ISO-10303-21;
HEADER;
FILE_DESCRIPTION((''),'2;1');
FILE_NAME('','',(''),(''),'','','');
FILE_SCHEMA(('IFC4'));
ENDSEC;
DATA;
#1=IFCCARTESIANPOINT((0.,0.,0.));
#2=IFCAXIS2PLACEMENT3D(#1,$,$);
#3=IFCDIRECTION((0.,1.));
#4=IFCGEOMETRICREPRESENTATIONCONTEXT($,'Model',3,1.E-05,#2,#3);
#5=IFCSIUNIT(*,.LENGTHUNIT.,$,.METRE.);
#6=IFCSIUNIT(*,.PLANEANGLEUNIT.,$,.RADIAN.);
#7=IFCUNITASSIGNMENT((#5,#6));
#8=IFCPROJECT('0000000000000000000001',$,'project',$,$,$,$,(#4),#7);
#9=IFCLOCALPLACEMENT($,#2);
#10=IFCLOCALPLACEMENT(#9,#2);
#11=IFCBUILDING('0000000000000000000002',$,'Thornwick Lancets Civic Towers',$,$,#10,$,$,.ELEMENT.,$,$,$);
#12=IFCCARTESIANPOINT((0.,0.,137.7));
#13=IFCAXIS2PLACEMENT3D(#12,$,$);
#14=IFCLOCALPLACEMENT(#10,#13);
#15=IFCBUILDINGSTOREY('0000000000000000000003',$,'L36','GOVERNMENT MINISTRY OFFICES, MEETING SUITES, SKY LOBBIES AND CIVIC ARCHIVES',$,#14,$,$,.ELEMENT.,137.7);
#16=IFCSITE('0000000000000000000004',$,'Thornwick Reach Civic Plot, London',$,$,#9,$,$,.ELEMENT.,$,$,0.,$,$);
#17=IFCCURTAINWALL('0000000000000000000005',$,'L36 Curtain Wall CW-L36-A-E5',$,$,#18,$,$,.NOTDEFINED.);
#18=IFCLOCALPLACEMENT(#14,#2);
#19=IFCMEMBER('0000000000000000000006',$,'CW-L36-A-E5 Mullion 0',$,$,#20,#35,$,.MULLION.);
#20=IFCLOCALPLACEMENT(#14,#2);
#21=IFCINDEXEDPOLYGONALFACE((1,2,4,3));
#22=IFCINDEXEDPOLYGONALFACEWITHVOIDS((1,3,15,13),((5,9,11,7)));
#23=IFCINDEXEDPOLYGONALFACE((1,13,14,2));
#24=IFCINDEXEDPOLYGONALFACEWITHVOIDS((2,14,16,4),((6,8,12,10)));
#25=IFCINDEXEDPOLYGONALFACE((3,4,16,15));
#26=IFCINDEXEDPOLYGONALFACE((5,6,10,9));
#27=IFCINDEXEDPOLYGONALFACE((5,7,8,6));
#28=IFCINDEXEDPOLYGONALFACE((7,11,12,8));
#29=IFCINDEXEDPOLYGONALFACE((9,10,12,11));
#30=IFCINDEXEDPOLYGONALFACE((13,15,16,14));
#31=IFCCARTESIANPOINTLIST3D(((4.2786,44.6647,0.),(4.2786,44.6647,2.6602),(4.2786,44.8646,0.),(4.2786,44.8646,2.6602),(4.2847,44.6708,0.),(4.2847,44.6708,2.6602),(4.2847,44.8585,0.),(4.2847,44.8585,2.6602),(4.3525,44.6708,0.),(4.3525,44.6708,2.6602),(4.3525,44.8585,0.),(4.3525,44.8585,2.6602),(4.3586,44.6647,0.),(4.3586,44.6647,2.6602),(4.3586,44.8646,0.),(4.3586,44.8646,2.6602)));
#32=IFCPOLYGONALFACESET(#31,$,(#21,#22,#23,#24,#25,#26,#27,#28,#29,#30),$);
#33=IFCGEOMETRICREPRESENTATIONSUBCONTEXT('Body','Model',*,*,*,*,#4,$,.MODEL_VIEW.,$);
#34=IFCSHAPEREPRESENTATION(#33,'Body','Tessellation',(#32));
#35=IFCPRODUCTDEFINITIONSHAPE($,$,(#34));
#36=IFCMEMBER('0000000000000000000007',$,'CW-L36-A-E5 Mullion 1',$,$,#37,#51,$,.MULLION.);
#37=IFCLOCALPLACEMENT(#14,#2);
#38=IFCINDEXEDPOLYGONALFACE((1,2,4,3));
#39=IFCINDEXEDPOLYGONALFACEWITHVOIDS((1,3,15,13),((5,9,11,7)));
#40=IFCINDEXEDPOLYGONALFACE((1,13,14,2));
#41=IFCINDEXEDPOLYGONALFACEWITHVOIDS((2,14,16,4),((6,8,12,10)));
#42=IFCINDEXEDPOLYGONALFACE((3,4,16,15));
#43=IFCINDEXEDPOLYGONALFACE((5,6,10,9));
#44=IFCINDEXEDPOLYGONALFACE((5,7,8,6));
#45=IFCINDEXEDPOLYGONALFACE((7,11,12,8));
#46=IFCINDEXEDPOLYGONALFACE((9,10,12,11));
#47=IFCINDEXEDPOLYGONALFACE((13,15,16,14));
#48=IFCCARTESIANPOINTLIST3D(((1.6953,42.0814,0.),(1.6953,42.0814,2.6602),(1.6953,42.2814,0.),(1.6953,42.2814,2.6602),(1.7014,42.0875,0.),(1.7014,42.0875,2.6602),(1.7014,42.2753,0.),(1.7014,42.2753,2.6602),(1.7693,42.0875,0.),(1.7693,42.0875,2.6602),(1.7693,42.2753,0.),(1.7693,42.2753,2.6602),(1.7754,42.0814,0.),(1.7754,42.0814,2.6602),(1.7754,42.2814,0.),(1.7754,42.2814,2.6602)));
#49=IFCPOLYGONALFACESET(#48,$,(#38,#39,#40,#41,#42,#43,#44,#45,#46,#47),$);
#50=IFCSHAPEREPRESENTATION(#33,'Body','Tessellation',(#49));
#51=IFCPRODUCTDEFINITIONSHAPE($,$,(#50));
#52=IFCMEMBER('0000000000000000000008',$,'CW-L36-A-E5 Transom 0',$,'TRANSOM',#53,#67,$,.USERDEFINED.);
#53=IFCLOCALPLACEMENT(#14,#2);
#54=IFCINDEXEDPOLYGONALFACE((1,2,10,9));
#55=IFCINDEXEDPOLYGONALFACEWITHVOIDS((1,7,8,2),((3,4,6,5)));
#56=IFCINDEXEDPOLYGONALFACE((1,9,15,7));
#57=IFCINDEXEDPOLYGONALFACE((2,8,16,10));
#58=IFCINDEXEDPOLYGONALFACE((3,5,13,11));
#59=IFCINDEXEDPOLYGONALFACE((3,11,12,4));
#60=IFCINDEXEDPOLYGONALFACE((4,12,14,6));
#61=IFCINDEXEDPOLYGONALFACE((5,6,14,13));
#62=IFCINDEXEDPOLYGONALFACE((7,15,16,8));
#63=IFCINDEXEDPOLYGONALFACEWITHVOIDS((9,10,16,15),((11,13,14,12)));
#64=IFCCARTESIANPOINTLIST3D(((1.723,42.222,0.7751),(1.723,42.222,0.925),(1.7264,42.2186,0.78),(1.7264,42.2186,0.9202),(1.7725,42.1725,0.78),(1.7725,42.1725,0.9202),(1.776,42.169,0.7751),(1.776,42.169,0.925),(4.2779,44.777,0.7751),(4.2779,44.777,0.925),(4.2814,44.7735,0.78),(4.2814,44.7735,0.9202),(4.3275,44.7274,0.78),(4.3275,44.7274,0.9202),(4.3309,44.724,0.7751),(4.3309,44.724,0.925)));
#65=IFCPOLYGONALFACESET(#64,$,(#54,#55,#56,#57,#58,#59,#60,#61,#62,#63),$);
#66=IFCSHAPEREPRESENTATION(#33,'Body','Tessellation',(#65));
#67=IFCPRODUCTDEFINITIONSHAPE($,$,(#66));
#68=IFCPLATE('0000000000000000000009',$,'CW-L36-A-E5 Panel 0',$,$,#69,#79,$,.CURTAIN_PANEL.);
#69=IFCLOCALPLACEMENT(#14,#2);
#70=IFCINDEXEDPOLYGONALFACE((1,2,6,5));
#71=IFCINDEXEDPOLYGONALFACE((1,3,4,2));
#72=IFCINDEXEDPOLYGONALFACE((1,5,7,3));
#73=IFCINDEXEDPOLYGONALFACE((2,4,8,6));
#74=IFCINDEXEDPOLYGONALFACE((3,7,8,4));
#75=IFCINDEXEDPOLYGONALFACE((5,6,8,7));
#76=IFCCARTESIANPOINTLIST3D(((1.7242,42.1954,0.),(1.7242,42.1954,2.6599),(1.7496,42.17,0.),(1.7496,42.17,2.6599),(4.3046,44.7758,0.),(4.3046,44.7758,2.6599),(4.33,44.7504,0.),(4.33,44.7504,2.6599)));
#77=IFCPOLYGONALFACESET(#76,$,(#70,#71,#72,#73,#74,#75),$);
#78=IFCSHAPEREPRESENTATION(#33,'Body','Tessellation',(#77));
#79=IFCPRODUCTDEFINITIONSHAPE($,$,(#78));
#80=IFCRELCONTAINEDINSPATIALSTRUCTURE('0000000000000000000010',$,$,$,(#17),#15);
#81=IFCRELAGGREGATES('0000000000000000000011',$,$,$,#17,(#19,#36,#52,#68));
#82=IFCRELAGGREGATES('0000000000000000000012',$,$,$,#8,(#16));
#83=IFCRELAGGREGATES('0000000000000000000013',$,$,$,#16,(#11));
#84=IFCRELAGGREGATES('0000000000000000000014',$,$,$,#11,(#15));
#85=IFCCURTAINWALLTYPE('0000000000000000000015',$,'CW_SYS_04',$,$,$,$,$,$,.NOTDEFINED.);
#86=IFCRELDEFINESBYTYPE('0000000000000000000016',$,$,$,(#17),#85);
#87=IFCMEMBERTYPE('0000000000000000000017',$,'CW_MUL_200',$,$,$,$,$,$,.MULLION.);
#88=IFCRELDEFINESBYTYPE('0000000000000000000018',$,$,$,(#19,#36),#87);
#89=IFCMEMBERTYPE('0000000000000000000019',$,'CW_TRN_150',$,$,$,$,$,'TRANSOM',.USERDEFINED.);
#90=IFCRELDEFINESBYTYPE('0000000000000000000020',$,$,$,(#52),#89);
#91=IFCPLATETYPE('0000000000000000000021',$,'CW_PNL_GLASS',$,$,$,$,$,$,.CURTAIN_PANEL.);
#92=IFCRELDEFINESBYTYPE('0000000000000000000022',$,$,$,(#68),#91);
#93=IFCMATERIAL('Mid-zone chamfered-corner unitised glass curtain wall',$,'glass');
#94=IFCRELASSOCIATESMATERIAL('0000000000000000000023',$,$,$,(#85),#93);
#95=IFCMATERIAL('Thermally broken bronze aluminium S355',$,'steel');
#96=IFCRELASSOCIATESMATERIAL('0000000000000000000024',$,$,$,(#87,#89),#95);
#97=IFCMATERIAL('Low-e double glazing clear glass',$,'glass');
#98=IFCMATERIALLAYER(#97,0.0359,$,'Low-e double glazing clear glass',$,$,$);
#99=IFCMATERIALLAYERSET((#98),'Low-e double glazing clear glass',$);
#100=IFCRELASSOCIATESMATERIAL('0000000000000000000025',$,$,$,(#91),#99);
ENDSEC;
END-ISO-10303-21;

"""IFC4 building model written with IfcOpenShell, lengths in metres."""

from ifc_helpers import new_model, si_unit, direction, frame, origin, origin_2d, place, context, subcontext, project, spatial, rectangle, hollow_rectangle, extrude, material, layer, layer_set, material_profile, profile_set, type_object, element, aggregate, save


model = new_model("IFC4")

# Units and contexts
model_context = context("Model", 3, precision=1e-05, world=origin(), true_north=direction((0.0, 1.0)))
body_context = subcontext(model_context, "Body", "Model", "MODEL_VIEW")
ifc_project = project(units=[si_unit("LENGTHUNIT", "METRE"), si_unit("PLANEANGLEUNIT", "RADIAN")], contexts=[model_context])

# Site, building, storey
site_placement = place(None, origin())
site = spatial("IfcSite", under=ifc_project, at=site_placement, Name="Thornwick Reach Civic Plot, London", CompositionType="ELEMENT", RefElevation=0.0)
building_placement = place(site_placement, origin())
building = spatial("IfcBuilding", under=site, at=building_placement, Name="Thornwick Lancets Civic Towers", CompositionType="ELEMENT")
storey_placement = place(building_placement, frame((0.0, 0.0, 137.7)))
storey = spatial("IfcBuildingStorey", under=building, at=storey_placement, Name="L36", Description="GOVERNMENT MINISTRY OFFICES, MEETING SUITES, SKY LOBBIES AND CIVIC ARCHIVES", CompositionType="ELEMENT", Elevation=137.7)

# Curtain wall, members, plate
ifc_material_1 = material(Name="Mid-zone chamfered-corner unitised glass curtain wall", Category="glass")
curtain_wall_type = type_object("IfcCurtainWallType", Name="CW_SYS_04", PredefinedType="NOTDEFINED", material=ifc_material_1)
curtain_wall_placement = place(storey_placement, origin())
curtain_wall = element("IfcCurtainWall", 1, at=curtain_wall_placement, inside=storey, type_object=curtain_wall_type, Name="L36 Curtain Wall CW-L36-A-E5", PredefinedType="NOTDEFINED")
ifc_material_2 = material(Name="Thermally broken bronze aluminium S355", Category="steel")
ifc_material_profile_1 = material_profile(ifc_material_2, hollow_rectangle(XDim=0.0801, YDim=0.2, WallThickness=0.0061, at=origin_2d()), Name="RHS 200x80x6")
ifc_profile_set_1 = profile_set([ifc_material_profile_1], Name="Thermally broken bronze aluminium S355")
member_type_1 = type_object("IfcMemberType", Name="CW_MUL_200", PredefinedType="MULLION", material=ifc_profile_set_1)
member_1_placement = place(storey_placement, frame((4.3186, 44.7646, 0.0), z_axis=(0.0, 0.0, 1.0), x_axis=(1.0, 0.0, 0.0)))
member_1 = element("IfcMember", 2, at=member_1_placement, type_object=member_type_1, Name="CW-L36-A-E5 Mullion 0", PredefinedType="MULLION", context=body_context, shape_type="SweptSolid", body=[
    extrude(hollow_rectangle(XDim=0.0801, YDim=0.2, WallThickness=0.0061, at=origin_2d()), origin(), (0.0, 0.0, 1.0), 2.6602),
])
member_2_placement = place(storey_placement, frame((1.7354, 42.1814, 0.0), z_axis=(0.0, 0.0, 1.0), x_axis=(1.0, 0.0, 0.0)))
member_2 = element("IfcMember", 3, at=member_2_placement, type_object=member_type_1, Name="CW-L36-A-E5 Mullion 1", PredefinedType="MULLION", context=body_context, shape_type="SweptSolid", body=[
    extrude(hollow_rectangle(XDim=0.0801, YDim=0.2, WallThickness=0.0061, at=origin_2d()), origin(), (0.0, 0.0, 1.0), 2.6602),
])
ifc_material_profile_2 = material_profile(ifc_material_2, hollow_rectangle(XDim=0.075, YDim=0.1499, WallThickness=0.0049, at=origin_2d()), Name="RHS 150x75x5")
ifc_profile_set_2 = profile_set([ifc_material_profile_2], Name="Thermally broken bronze aluminium S355")
member_type_2 = type_object("IfcMemberType", Name="CW_TRN_150", ElementType="TRANSOM", PredefinedType="USERDEFINED", material=ifc_profile_set_2)
member_3_placement = place(storey_placement, frame((4.3044, 44.7505, 0.8501), z_axis=(-0.707107, -0.707107, 0.0), x_axis=(0.707107, -0.707107, 0.0)))
member_3 = element("IfcMember", 4, at=member_3_placement, type_object=member_type_2, Name="CW-L36-A-E5 Transom 0", ObjectType="TRANSOM", PredefinedType="USERDEFINED", context=body_context, shape_type="SweptSolid", body=[
    extrude(hollow_rectangle(XDim=0.075, YDim=0.1499, WallThickness=0.0049, at=origin_2d()), origin(), (0.0, 0.0, 1.0), 3.6133),
])
ifc_material_3 = material(Name="Low-e double glazing clear glass", Category="glass")
ifc_layer_1 = layer(ifc_material_3, 0.0359, Name="Low-e double glazing clear glass")
ifc_layer_set_1 = layer_set([ifc_layer_1], Name="Low-e double glazing clear glass")
plate_type = type_object("IfcPlateType", Name="CW_PNL_GLASS", PredefinedType="CURTAIN_PANEL", material=ifc_layer_set_1)
plate_placement = place(storey_placement, frame((3.0271, 43.4729, 0.0), z_axis=(0.0, 0.0, 1.0), x_axis=(-0.707107, -0.707107, 0.0)))
plate = element("IfcPlate", 5, at=plate_placement, type_object=plate_type, Name="CW-L36-A-E5 Panel 0", PredefinedType="CURTAIN_PANEL", context=body_context, shape_type="SweptSolid", body=[
    extrude(rectangle(XDim=3.6492, YDim=0.0359, at=origin_2d()), origin(), (0.0, 0.0, 1.0), 2.6599),
])
aggregate(curtain_wall, [member_1, member_2, member_3, plate])

save(model, "model.ifc")
